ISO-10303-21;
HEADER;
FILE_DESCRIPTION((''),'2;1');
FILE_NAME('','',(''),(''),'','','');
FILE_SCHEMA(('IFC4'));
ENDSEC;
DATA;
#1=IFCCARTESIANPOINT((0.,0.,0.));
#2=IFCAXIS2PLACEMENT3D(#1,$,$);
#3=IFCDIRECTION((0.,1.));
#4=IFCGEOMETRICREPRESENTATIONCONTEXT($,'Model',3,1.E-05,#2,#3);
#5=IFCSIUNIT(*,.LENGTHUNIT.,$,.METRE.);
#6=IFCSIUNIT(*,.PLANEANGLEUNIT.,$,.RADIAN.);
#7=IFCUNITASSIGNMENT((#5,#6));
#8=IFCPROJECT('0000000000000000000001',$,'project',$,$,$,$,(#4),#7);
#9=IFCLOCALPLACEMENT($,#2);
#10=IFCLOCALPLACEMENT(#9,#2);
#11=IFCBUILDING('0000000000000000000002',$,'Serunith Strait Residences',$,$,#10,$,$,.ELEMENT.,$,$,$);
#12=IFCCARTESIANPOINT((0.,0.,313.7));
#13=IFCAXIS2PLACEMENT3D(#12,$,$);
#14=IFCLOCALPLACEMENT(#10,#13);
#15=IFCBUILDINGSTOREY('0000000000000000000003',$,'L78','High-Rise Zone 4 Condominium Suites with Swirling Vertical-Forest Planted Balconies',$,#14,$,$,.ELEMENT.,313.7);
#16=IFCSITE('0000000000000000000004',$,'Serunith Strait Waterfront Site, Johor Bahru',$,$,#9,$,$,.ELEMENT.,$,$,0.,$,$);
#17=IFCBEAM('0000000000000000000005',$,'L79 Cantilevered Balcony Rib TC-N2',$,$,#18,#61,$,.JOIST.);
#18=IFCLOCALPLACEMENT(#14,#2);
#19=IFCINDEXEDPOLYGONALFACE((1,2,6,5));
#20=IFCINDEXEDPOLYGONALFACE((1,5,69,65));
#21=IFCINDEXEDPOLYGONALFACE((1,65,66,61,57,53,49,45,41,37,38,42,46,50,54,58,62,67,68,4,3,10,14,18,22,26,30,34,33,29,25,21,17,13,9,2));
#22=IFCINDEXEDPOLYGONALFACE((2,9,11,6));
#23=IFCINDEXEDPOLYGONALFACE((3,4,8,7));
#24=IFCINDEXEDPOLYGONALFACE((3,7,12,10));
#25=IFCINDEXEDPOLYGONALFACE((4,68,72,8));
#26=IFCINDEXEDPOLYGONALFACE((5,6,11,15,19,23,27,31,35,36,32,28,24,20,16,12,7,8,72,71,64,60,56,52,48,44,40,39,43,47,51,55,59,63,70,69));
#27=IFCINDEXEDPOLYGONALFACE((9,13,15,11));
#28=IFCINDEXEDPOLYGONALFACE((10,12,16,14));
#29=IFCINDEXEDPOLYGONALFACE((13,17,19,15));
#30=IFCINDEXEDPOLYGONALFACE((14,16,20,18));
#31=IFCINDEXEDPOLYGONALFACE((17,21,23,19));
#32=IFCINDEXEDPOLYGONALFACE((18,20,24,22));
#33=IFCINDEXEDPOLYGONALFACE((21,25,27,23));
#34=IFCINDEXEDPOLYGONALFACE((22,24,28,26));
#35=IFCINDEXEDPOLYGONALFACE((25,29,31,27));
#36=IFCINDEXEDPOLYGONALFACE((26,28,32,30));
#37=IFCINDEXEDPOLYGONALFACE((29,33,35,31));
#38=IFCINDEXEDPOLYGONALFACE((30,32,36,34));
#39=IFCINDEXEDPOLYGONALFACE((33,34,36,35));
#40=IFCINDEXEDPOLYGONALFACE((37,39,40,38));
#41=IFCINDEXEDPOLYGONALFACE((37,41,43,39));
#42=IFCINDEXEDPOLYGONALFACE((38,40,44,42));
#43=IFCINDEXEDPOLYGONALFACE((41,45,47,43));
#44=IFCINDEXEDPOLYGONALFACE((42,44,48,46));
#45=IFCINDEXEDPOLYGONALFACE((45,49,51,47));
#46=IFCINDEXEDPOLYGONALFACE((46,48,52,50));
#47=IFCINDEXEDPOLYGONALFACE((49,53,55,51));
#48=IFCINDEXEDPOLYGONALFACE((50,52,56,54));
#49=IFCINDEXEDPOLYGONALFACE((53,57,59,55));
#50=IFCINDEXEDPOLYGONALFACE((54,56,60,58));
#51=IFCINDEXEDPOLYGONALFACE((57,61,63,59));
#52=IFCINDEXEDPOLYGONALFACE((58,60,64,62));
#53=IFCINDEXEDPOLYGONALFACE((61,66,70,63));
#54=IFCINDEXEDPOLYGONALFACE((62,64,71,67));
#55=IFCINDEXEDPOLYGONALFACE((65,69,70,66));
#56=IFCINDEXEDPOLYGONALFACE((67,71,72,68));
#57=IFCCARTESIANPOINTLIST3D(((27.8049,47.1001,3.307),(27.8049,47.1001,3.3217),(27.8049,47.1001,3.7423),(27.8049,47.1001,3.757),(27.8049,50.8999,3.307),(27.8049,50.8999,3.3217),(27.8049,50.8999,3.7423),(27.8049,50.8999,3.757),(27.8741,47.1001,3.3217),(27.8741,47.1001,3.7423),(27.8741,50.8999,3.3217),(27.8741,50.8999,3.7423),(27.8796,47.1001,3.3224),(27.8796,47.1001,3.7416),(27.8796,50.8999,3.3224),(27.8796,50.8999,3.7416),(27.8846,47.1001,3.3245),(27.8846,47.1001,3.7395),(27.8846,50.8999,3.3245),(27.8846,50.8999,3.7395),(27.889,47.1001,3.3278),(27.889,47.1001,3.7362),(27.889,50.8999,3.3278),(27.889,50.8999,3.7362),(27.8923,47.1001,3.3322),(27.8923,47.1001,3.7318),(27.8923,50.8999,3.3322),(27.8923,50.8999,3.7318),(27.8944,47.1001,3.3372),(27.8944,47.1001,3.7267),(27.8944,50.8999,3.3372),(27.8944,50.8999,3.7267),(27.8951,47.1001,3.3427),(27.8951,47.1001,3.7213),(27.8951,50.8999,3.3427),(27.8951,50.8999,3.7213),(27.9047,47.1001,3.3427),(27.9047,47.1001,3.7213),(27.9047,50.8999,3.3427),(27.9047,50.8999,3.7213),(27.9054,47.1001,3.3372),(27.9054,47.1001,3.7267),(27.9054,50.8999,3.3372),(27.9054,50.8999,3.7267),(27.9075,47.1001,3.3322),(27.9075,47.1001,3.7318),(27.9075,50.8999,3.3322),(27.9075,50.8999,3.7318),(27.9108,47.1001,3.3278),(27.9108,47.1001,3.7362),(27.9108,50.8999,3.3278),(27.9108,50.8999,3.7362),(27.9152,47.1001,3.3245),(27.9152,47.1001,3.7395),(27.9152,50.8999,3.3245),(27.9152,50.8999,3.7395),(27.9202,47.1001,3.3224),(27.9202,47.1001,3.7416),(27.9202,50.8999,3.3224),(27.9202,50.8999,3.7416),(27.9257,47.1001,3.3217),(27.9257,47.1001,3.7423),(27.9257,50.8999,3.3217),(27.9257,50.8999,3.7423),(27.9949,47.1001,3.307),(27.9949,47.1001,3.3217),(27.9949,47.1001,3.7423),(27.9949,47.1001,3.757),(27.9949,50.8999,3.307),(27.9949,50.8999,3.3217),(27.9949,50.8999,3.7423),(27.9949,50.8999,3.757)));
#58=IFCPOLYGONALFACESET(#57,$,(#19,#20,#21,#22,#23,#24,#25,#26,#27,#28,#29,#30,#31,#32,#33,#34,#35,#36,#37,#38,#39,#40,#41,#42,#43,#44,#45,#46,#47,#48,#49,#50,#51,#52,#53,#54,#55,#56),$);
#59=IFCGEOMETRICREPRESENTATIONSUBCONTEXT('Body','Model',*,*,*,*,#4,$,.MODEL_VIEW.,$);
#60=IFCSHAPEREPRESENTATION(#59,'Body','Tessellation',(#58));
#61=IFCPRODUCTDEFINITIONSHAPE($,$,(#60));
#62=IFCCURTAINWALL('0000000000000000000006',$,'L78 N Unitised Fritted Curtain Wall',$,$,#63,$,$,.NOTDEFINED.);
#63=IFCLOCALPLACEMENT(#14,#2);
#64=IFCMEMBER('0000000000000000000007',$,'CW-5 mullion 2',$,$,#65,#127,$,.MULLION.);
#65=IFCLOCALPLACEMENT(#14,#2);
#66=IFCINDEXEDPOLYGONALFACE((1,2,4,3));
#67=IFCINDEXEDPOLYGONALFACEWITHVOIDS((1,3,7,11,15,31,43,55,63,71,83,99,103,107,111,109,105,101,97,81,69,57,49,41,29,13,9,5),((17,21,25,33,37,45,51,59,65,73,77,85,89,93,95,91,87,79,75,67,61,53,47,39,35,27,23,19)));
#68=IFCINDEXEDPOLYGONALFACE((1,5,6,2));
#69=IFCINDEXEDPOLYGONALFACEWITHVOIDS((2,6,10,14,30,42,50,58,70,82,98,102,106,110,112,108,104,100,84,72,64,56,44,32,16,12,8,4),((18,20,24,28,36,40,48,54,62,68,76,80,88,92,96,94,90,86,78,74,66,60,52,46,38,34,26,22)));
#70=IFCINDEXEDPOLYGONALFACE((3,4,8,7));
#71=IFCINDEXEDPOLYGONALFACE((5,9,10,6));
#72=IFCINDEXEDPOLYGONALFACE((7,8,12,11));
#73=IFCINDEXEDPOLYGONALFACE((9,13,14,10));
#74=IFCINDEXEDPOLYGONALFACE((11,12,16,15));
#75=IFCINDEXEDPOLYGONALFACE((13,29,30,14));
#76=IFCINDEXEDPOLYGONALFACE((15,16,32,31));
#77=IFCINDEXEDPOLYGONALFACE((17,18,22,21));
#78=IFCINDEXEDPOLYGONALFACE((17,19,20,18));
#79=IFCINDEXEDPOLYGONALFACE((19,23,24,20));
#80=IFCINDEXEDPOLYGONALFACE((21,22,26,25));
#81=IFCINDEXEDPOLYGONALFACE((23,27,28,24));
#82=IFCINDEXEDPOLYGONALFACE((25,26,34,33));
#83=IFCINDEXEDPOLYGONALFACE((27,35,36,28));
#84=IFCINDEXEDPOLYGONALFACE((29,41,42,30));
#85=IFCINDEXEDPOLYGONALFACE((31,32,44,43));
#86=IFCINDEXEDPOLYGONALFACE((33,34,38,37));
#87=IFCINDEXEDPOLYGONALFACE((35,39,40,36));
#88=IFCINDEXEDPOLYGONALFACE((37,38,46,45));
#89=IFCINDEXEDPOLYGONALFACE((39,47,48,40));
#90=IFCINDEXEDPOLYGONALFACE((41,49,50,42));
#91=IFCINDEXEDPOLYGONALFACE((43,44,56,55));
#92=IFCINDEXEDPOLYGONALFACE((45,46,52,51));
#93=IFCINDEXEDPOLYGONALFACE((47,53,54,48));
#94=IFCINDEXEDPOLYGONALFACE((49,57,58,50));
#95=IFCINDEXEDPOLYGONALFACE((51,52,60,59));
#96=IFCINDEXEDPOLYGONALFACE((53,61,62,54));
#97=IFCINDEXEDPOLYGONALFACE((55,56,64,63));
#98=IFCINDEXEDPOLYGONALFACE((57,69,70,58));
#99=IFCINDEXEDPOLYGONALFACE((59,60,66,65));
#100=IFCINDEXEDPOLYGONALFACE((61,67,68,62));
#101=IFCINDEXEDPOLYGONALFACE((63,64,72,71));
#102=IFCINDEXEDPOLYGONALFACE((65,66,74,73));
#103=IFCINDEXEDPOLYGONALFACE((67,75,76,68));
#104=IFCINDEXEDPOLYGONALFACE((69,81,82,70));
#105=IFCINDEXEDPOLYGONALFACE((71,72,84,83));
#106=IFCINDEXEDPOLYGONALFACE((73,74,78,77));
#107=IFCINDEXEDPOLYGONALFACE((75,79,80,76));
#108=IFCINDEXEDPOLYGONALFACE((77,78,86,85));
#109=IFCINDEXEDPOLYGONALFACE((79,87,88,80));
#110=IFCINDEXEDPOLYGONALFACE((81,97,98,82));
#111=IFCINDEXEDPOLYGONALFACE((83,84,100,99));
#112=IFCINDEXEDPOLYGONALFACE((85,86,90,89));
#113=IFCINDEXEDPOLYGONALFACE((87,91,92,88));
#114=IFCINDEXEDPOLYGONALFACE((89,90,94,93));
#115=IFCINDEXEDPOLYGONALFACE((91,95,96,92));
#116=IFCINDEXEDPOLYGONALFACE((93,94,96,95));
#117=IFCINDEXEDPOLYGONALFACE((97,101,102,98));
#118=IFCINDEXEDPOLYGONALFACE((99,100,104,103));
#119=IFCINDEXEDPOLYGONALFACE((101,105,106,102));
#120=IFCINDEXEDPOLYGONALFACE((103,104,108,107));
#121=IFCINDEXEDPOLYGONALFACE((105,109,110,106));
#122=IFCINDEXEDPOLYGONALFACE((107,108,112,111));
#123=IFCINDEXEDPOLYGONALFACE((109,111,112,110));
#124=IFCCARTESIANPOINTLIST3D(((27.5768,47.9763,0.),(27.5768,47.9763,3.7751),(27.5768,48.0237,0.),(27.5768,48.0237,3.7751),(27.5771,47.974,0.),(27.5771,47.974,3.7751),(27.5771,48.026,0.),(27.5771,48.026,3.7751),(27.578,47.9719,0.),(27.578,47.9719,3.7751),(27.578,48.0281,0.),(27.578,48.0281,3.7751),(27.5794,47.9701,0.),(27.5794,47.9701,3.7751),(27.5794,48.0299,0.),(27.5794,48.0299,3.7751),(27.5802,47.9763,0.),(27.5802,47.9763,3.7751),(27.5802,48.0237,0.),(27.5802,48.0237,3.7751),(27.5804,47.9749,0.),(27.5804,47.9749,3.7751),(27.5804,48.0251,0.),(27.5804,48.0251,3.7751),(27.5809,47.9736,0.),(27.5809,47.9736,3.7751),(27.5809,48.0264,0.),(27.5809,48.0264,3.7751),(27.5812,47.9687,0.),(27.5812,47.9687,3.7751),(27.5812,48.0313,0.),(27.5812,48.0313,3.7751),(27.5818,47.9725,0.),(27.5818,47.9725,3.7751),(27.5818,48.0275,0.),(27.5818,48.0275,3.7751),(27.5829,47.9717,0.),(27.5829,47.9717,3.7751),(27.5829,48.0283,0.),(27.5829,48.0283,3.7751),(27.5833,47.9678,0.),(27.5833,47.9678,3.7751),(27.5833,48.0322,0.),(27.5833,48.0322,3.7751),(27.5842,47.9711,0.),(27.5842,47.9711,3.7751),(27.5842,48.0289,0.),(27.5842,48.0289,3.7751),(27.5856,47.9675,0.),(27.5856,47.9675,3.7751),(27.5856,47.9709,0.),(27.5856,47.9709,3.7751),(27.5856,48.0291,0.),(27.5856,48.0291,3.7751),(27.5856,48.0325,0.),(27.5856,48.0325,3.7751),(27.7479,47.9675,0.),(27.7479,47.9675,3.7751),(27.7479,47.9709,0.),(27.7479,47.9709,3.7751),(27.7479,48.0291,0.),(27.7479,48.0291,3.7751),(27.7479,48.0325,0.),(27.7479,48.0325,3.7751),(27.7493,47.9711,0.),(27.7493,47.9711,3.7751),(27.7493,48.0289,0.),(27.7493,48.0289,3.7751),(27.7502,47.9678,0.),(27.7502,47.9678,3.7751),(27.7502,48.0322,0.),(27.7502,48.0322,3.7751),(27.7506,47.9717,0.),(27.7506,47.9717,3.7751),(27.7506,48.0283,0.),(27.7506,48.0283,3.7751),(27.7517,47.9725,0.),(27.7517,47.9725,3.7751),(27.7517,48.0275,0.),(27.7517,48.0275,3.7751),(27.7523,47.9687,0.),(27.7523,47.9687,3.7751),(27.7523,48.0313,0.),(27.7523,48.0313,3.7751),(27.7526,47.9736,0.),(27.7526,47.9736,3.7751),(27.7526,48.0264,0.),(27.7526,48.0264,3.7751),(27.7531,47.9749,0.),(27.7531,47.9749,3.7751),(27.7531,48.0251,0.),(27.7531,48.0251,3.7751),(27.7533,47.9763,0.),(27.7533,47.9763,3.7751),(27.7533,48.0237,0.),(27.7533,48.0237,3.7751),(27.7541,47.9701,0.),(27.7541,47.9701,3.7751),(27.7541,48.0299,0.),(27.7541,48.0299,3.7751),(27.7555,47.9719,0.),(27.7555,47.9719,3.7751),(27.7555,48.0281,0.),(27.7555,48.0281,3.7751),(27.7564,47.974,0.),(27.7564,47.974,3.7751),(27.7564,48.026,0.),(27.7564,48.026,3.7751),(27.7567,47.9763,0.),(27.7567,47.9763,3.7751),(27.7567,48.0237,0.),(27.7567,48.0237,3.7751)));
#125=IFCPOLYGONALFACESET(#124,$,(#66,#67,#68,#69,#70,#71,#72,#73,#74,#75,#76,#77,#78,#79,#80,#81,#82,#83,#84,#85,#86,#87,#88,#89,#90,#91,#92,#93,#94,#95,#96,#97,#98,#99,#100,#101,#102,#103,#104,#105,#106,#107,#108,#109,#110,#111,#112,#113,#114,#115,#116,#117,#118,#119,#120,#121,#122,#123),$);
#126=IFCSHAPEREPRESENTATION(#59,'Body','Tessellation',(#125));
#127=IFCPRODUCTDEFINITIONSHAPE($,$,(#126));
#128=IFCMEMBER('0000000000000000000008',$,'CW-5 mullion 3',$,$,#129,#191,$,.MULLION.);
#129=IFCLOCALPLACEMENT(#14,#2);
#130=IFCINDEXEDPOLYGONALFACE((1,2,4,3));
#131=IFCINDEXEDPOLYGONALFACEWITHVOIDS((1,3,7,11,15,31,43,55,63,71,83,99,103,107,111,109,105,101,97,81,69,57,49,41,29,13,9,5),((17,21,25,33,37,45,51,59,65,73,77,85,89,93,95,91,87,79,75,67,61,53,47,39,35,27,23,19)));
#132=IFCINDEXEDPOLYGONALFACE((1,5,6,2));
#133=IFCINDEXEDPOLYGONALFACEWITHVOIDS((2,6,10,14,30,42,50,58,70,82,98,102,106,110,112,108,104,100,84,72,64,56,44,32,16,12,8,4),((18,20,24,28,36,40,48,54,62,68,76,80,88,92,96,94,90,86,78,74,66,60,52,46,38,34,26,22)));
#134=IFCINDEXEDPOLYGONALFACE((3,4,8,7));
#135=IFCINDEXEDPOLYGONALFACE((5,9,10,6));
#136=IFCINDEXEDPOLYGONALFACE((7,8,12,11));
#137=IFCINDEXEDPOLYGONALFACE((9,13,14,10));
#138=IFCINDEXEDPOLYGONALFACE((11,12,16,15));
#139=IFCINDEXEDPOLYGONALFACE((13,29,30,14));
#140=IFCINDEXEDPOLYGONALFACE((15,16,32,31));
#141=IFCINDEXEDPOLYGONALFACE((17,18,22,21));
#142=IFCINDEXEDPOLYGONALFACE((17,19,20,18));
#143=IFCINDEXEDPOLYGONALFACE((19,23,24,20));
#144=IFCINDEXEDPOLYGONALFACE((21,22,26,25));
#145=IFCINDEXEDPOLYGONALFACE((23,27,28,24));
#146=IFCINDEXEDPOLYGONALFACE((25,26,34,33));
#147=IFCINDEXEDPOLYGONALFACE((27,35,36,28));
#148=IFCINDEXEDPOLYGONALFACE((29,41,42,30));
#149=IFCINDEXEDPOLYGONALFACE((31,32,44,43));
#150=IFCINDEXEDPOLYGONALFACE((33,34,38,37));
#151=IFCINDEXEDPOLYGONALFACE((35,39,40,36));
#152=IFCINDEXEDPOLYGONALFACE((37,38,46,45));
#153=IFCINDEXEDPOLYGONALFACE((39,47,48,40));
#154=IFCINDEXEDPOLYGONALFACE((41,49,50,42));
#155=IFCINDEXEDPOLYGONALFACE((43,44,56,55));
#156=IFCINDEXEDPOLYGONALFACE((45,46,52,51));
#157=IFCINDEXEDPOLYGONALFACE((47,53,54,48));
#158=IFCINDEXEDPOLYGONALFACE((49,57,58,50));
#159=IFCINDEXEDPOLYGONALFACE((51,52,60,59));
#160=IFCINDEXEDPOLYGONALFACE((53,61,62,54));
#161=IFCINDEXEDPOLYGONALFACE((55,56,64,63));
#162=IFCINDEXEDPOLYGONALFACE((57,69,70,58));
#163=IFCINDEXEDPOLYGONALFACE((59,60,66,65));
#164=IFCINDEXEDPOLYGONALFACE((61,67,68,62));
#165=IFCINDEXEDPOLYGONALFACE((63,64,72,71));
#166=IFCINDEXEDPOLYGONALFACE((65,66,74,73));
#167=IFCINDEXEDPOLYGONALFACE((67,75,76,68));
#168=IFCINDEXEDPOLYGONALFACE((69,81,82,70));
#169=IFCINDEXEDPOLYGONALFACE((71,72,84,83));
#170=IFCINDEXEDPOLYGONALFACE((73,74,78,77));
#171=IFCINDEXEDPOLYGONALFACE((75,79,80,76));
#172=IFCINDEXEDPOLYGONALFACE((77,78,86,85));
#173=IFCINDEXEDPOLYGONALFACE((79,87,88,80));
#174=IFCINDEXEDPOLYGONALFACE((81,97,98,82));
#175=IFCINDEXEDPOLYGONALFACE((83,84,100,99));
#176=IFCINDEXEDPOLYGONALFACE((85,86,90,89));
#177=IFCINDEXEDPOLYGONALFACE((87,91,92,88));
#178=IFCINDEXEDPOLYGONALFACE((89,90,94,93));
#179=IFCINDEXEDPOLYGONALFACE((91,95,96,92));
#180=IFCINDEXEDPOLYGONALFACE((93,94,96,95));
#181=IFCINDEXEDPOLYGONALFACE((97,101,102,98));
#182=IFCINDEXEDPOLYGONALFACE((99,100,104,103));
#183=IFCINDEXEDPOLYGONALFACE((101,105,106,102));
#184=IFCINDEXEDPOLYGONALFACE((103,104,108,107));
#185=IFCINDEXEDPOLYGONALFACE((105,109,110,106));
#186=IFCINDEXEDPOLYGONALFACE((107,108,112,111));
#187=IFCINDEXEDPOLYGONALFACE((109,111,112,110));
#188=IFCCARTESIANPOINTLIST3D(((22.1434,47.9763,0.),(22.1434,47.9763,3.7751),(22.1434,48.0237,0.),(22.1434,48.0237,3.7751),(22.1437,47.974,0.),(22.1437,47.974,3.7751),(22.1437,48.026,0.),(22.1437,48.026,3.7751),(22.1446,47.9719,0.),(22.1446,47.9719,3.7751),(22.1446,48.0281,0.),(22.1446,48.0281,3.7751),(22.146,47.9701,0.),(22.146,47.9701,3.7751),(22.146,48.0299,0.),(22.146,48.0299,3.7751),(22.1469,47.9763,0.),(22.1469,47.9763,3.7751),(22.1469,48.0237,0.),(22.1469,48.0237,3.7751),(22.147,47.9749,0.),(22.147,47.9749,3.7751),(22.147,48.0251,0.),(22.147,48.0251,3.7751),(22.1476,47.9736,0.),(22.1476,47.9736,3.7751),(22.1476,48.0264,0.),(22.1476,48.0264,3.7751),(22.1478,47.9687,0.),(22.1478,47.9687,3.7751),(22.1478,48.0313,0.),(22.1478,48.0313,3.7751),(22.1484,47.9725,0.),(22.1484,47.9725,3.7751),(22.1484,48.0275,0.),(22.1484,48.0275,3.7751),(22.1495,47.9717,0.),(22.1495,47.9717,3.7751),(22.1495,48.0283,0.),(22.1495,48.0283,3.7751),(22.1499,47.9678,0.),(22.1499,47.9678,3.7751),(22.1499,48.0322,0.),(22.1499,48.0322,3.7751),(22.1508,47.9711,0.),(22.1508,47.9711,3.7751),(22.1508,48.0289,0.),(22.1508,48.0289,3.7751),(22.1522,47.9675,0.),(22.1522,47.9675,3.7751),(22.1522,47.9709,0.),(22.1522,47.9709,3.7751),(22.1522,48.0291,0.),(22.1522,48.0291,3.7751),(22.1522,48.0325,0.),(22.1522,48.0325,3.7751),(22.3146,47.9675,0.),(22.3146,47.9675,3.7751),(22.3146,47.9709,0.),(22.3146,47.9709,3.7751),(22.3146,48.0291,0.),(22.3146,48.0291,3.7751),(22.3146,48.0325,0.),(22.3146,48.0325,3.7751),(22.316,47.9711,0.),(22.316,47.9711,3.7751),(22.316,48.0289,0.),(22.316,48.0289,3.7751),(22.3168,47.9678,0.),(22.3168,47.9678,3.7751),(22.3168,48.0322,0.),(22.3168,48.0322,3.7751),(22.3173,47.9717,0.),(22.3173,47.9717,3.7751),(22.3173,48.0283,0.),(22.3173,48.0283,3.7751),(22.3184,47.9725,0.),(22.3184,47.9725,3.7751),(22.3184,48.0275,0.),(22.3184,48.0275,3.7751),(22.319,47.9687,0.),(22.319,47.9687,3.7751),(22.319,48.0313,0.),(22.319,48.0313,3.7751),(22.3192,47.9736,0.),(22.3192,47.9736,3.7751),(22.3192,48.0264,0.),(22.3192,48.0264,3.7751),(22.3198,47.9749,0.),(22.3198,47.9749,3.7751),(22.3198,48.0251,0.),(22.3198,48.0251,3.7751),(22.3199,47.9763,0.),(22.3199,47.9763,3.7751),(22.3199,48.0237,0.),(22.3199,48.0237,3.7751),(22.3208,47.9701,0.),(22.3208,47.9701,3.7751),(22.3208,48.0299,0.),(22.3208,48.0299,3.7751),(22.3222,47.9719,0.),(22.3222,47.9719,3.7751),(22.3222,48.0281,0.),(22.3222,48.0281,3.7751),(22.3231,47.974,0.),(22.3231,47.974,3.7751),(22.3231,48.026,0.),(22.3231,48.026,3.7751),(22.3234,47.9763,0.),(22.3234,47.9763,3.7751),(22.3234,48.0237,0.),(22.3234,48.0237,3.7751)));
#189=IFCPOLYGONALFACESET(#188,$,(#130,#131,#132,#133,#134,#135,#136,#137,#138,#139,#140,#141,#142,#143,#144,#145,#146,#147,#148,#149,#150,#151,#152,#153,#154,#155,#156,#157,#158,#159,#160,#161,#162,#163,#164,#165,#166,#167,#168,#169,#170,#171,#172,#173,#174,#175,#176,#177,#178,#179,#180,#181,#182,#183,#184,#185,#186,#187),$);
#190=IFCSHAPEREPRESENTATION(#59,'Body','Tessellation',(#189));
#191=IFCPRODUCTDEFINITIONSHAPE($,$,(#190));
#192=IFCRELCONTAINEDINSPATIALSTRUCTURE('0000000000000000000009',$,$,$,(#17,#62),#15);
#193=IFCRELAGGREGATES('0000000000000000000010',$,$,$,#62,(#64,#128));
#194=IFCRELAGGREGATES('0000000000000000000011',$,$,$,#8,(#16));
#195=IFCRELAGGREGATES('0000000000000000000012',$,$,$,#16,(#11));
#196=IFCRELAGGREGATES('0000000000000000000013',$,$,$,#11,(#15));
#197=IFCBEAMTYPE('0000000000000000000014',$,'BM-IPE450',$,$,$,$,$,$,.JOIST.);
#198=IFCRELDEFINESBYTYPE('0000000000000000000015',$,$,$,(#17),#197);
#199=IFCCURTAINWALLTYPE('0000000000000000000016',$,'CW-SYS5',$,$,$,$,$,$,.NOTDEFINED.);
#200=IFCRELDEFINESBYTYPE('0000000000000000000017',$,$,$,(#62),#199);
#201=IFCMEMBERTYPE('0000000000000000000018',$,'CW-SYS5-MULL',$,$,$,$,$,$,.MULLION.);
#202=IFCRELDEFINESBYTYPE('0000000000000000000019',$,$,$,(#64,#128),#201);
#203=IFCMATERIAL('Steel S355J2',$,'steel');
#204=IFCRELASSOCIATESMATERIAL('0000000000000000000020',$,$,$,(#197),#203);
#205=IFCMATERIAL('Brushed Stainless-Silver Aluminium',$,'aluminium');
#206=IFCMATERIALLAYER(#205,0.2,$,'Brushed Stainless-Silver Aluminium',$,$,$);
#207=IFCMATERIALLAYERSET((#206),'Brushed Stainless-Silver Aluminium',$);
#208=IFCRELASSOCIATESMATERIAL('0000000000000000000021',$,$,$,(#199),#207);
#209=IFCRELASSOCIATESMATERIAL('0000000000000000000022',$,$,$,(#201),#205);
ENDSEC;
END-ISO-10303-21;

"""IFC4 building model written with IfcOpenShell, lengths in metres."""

from ifc_helpers import new_model, si_unit, direction, frame, origin, origin_2d, place, context, subcontext, project, spatial, hollow_rectangle, i_section, extrude, source, transform, mapped, material, layer, layer_set, material_profile, profile_set, type_object, element, aggregate, save


model = new_model("IFC4")

# Units and contexts
model_context = context("Model", 3, precision=1e-05, world=origin(), true_north=direction((0.0, 1.0)))
body_context = subcontext(model_context, "Body", "Model", "MODEL_VIEW")
ifc_project = project(units=[si_unit("LENGTHUNIT", "METRE"), si_unit("PLANEANGLEUNIT", "RADIAN")], contexts=[model_context])

# Site, building, storey
site_placement = place(None, origin())
site = spatial("IfcSite", under=ifc_project, at=site_placement, Name="Serunith Strait Waterfront Site, Johor Bahru", CompositionType="ELEMENT", RefElevation=0.0)
building_placement = place(site_placement, origin())
building = spatial("IfcBuilding", under=site, at=building_placement, Name="Serunith Strait Residences", CompositionType="ELEMENT")
storey_placement = place(building_placement, frame((0.0, 0.0, 313.7)))
storey = spatial("IfcBuildingStorey", under=building, at=storey_placement, Name="L78", Description="High-Rise Zone 4 Condominium Suites with Swirling Vertical-Forest Planted Balconies", CompositionType="ELEMENT", Elevation=313.7)

# Beam
ifc_material_1 = material(Name="Steel S355J2", Category="steel")
ifc_material_profile_1 = material_profile(ifc_material_1, i_section(OverallWidth=0.1899, OverallDepth=0.45, WebThickness=0.0095, FlangeThickness=0.0146, FilletRadius=0.021, at=origin_2d()), Name="IPE 450")
ifc_profile_set_1 = profile_set([ifc_material_profile_1], Name="Steel S355J2")
beam_type_1 = type_object("IfcBeamType", Name="BM-IPE450", PredefinedType="JOIST", material=ifc_profile_set_1)
shared_shape_1 = source(origin(), body_context, "Body", "SweptSolid", [
    extrude(i_section(OverallWidth=0.1899, OverallDepth=0.45, WebThickness=0.0095, FlangeThickness=0.0146, FilletRadius=0.021, at=origin_2d()), origin(), (0.0, 0.0, 1.0), 3.7998),
])
beam_1_placement = place(storey_placement, frame((27.8999, 47.1001, 3.532), z_axis=(0.0, 1.0, 0.0), x_axis=(-1.0, 0.0, 0.0)))
element("IfcBeam", 1, at=beam_1_placement, inside=storey, type_object=beam_type_1, Name="L79 Cantilevered Balcony Rib TC-N2", PredefinedType="JOIST", context=body_context, shape_type="MappedRepresentation", body=[
    mapped(shared_shape_1, transform((0.0, 0.0, 0.0), scale=1.0)),
])

# Curtain wall, members
ifc_material_2 = material(Name="Brushed Stainless-Silver Aluminium", Category="aluminium")
ifc_layer_1 = layer(ifc_material_2, 0.2, Name="Brushed Stainless-Silver Aluminium")
ifc_layer_set_1 = layer_set([ifc_layer_1], Name="Brushed Stainless-Silver Aluminium")
curtain_wall_type = type_object("IfcCurtainWallType", Name="CW-SYS5", PredefinedType="NOTDEFINED", material=ifc_layer_set_1)
curtain_wall_placement = place(storey_placement, origin())
curtain_wall = element("IfcCurtainWall", 2, at=curtain_wall_placement, inside=storey, type_object=curtain_wall_type, Name="L78 N Unitised Fritted Curtain Wall", PredefinedType="NOTDEFINED")
ifc_material_profile_2 = material_profile(ifc_material_2, hollow_rectangle(XDim=0.0649, YDim=0.1799, WallThickness=0.0034, InnerFilletRadius=0.0054, OuterFilletRadius=0.0088, at=origin_2d()), Name="ALU 180x65x3.5")
ifc_profile_set_2 = profile_set([ifc_material_profile_2], Name="Brushed Stainless-Silver Aluminium")
member_type_1 = type_object("IfcMemberType", Name="CW-SYS5-MULL", PredefinedType="MULLION", material=ifc_profile_set_2)
shared_shape_2 = source(origin(), body_context, "Body", "SweptSolid", [
    extrude(hollow_rectangle(XDim=0.0649, YDim=0.1799, WallThickness=0.0034, InnerFilletRadius=0.0054, OuterFilletRadius=0.0088, at=origin_2d()), origin(), (0.0, 0.0, 1.0), 3.7751),
])
member_1_placement = place(storey_placement, frame((27.6667, 48.0, 0.0), z_axis=(0.0, 0.0, 1.0), x_axis=(0.0, -1.0, 0.0)))
member_1 = element("IfcMember", 3, at=member_1_placement, type_object=member_type_1, Name="CW-5 mullion 2", PredefinedType="MULLION", context=body_context, shape_type="MappedRepresentation", body=[
    mapped(shared_shape_2, transform((0.0, 0.0, 0.0), scale=1.0)),
])
member_2_placement = place(storey_placement, frame((22.2334, 48.0, 0.0), z_axis=(0.0, 0.0, 1.0), x_axis=(0.0, -1.0, 0.0)))
member_2 = element("IfcMember", 4, at=member_2_placement, type_object=member_type_1, Name="CW-5 mullion 3", PredefinedType="MULLION", context=body_context, shape_type="MappedRepresentation", body=[
    mapped(shared_shape_2, transform((0.0, 0.0, 0.0), scale=1.0)),
])
aggregate(curtain_wall, [member_1, member_2])

save(model, "model.ifc")
